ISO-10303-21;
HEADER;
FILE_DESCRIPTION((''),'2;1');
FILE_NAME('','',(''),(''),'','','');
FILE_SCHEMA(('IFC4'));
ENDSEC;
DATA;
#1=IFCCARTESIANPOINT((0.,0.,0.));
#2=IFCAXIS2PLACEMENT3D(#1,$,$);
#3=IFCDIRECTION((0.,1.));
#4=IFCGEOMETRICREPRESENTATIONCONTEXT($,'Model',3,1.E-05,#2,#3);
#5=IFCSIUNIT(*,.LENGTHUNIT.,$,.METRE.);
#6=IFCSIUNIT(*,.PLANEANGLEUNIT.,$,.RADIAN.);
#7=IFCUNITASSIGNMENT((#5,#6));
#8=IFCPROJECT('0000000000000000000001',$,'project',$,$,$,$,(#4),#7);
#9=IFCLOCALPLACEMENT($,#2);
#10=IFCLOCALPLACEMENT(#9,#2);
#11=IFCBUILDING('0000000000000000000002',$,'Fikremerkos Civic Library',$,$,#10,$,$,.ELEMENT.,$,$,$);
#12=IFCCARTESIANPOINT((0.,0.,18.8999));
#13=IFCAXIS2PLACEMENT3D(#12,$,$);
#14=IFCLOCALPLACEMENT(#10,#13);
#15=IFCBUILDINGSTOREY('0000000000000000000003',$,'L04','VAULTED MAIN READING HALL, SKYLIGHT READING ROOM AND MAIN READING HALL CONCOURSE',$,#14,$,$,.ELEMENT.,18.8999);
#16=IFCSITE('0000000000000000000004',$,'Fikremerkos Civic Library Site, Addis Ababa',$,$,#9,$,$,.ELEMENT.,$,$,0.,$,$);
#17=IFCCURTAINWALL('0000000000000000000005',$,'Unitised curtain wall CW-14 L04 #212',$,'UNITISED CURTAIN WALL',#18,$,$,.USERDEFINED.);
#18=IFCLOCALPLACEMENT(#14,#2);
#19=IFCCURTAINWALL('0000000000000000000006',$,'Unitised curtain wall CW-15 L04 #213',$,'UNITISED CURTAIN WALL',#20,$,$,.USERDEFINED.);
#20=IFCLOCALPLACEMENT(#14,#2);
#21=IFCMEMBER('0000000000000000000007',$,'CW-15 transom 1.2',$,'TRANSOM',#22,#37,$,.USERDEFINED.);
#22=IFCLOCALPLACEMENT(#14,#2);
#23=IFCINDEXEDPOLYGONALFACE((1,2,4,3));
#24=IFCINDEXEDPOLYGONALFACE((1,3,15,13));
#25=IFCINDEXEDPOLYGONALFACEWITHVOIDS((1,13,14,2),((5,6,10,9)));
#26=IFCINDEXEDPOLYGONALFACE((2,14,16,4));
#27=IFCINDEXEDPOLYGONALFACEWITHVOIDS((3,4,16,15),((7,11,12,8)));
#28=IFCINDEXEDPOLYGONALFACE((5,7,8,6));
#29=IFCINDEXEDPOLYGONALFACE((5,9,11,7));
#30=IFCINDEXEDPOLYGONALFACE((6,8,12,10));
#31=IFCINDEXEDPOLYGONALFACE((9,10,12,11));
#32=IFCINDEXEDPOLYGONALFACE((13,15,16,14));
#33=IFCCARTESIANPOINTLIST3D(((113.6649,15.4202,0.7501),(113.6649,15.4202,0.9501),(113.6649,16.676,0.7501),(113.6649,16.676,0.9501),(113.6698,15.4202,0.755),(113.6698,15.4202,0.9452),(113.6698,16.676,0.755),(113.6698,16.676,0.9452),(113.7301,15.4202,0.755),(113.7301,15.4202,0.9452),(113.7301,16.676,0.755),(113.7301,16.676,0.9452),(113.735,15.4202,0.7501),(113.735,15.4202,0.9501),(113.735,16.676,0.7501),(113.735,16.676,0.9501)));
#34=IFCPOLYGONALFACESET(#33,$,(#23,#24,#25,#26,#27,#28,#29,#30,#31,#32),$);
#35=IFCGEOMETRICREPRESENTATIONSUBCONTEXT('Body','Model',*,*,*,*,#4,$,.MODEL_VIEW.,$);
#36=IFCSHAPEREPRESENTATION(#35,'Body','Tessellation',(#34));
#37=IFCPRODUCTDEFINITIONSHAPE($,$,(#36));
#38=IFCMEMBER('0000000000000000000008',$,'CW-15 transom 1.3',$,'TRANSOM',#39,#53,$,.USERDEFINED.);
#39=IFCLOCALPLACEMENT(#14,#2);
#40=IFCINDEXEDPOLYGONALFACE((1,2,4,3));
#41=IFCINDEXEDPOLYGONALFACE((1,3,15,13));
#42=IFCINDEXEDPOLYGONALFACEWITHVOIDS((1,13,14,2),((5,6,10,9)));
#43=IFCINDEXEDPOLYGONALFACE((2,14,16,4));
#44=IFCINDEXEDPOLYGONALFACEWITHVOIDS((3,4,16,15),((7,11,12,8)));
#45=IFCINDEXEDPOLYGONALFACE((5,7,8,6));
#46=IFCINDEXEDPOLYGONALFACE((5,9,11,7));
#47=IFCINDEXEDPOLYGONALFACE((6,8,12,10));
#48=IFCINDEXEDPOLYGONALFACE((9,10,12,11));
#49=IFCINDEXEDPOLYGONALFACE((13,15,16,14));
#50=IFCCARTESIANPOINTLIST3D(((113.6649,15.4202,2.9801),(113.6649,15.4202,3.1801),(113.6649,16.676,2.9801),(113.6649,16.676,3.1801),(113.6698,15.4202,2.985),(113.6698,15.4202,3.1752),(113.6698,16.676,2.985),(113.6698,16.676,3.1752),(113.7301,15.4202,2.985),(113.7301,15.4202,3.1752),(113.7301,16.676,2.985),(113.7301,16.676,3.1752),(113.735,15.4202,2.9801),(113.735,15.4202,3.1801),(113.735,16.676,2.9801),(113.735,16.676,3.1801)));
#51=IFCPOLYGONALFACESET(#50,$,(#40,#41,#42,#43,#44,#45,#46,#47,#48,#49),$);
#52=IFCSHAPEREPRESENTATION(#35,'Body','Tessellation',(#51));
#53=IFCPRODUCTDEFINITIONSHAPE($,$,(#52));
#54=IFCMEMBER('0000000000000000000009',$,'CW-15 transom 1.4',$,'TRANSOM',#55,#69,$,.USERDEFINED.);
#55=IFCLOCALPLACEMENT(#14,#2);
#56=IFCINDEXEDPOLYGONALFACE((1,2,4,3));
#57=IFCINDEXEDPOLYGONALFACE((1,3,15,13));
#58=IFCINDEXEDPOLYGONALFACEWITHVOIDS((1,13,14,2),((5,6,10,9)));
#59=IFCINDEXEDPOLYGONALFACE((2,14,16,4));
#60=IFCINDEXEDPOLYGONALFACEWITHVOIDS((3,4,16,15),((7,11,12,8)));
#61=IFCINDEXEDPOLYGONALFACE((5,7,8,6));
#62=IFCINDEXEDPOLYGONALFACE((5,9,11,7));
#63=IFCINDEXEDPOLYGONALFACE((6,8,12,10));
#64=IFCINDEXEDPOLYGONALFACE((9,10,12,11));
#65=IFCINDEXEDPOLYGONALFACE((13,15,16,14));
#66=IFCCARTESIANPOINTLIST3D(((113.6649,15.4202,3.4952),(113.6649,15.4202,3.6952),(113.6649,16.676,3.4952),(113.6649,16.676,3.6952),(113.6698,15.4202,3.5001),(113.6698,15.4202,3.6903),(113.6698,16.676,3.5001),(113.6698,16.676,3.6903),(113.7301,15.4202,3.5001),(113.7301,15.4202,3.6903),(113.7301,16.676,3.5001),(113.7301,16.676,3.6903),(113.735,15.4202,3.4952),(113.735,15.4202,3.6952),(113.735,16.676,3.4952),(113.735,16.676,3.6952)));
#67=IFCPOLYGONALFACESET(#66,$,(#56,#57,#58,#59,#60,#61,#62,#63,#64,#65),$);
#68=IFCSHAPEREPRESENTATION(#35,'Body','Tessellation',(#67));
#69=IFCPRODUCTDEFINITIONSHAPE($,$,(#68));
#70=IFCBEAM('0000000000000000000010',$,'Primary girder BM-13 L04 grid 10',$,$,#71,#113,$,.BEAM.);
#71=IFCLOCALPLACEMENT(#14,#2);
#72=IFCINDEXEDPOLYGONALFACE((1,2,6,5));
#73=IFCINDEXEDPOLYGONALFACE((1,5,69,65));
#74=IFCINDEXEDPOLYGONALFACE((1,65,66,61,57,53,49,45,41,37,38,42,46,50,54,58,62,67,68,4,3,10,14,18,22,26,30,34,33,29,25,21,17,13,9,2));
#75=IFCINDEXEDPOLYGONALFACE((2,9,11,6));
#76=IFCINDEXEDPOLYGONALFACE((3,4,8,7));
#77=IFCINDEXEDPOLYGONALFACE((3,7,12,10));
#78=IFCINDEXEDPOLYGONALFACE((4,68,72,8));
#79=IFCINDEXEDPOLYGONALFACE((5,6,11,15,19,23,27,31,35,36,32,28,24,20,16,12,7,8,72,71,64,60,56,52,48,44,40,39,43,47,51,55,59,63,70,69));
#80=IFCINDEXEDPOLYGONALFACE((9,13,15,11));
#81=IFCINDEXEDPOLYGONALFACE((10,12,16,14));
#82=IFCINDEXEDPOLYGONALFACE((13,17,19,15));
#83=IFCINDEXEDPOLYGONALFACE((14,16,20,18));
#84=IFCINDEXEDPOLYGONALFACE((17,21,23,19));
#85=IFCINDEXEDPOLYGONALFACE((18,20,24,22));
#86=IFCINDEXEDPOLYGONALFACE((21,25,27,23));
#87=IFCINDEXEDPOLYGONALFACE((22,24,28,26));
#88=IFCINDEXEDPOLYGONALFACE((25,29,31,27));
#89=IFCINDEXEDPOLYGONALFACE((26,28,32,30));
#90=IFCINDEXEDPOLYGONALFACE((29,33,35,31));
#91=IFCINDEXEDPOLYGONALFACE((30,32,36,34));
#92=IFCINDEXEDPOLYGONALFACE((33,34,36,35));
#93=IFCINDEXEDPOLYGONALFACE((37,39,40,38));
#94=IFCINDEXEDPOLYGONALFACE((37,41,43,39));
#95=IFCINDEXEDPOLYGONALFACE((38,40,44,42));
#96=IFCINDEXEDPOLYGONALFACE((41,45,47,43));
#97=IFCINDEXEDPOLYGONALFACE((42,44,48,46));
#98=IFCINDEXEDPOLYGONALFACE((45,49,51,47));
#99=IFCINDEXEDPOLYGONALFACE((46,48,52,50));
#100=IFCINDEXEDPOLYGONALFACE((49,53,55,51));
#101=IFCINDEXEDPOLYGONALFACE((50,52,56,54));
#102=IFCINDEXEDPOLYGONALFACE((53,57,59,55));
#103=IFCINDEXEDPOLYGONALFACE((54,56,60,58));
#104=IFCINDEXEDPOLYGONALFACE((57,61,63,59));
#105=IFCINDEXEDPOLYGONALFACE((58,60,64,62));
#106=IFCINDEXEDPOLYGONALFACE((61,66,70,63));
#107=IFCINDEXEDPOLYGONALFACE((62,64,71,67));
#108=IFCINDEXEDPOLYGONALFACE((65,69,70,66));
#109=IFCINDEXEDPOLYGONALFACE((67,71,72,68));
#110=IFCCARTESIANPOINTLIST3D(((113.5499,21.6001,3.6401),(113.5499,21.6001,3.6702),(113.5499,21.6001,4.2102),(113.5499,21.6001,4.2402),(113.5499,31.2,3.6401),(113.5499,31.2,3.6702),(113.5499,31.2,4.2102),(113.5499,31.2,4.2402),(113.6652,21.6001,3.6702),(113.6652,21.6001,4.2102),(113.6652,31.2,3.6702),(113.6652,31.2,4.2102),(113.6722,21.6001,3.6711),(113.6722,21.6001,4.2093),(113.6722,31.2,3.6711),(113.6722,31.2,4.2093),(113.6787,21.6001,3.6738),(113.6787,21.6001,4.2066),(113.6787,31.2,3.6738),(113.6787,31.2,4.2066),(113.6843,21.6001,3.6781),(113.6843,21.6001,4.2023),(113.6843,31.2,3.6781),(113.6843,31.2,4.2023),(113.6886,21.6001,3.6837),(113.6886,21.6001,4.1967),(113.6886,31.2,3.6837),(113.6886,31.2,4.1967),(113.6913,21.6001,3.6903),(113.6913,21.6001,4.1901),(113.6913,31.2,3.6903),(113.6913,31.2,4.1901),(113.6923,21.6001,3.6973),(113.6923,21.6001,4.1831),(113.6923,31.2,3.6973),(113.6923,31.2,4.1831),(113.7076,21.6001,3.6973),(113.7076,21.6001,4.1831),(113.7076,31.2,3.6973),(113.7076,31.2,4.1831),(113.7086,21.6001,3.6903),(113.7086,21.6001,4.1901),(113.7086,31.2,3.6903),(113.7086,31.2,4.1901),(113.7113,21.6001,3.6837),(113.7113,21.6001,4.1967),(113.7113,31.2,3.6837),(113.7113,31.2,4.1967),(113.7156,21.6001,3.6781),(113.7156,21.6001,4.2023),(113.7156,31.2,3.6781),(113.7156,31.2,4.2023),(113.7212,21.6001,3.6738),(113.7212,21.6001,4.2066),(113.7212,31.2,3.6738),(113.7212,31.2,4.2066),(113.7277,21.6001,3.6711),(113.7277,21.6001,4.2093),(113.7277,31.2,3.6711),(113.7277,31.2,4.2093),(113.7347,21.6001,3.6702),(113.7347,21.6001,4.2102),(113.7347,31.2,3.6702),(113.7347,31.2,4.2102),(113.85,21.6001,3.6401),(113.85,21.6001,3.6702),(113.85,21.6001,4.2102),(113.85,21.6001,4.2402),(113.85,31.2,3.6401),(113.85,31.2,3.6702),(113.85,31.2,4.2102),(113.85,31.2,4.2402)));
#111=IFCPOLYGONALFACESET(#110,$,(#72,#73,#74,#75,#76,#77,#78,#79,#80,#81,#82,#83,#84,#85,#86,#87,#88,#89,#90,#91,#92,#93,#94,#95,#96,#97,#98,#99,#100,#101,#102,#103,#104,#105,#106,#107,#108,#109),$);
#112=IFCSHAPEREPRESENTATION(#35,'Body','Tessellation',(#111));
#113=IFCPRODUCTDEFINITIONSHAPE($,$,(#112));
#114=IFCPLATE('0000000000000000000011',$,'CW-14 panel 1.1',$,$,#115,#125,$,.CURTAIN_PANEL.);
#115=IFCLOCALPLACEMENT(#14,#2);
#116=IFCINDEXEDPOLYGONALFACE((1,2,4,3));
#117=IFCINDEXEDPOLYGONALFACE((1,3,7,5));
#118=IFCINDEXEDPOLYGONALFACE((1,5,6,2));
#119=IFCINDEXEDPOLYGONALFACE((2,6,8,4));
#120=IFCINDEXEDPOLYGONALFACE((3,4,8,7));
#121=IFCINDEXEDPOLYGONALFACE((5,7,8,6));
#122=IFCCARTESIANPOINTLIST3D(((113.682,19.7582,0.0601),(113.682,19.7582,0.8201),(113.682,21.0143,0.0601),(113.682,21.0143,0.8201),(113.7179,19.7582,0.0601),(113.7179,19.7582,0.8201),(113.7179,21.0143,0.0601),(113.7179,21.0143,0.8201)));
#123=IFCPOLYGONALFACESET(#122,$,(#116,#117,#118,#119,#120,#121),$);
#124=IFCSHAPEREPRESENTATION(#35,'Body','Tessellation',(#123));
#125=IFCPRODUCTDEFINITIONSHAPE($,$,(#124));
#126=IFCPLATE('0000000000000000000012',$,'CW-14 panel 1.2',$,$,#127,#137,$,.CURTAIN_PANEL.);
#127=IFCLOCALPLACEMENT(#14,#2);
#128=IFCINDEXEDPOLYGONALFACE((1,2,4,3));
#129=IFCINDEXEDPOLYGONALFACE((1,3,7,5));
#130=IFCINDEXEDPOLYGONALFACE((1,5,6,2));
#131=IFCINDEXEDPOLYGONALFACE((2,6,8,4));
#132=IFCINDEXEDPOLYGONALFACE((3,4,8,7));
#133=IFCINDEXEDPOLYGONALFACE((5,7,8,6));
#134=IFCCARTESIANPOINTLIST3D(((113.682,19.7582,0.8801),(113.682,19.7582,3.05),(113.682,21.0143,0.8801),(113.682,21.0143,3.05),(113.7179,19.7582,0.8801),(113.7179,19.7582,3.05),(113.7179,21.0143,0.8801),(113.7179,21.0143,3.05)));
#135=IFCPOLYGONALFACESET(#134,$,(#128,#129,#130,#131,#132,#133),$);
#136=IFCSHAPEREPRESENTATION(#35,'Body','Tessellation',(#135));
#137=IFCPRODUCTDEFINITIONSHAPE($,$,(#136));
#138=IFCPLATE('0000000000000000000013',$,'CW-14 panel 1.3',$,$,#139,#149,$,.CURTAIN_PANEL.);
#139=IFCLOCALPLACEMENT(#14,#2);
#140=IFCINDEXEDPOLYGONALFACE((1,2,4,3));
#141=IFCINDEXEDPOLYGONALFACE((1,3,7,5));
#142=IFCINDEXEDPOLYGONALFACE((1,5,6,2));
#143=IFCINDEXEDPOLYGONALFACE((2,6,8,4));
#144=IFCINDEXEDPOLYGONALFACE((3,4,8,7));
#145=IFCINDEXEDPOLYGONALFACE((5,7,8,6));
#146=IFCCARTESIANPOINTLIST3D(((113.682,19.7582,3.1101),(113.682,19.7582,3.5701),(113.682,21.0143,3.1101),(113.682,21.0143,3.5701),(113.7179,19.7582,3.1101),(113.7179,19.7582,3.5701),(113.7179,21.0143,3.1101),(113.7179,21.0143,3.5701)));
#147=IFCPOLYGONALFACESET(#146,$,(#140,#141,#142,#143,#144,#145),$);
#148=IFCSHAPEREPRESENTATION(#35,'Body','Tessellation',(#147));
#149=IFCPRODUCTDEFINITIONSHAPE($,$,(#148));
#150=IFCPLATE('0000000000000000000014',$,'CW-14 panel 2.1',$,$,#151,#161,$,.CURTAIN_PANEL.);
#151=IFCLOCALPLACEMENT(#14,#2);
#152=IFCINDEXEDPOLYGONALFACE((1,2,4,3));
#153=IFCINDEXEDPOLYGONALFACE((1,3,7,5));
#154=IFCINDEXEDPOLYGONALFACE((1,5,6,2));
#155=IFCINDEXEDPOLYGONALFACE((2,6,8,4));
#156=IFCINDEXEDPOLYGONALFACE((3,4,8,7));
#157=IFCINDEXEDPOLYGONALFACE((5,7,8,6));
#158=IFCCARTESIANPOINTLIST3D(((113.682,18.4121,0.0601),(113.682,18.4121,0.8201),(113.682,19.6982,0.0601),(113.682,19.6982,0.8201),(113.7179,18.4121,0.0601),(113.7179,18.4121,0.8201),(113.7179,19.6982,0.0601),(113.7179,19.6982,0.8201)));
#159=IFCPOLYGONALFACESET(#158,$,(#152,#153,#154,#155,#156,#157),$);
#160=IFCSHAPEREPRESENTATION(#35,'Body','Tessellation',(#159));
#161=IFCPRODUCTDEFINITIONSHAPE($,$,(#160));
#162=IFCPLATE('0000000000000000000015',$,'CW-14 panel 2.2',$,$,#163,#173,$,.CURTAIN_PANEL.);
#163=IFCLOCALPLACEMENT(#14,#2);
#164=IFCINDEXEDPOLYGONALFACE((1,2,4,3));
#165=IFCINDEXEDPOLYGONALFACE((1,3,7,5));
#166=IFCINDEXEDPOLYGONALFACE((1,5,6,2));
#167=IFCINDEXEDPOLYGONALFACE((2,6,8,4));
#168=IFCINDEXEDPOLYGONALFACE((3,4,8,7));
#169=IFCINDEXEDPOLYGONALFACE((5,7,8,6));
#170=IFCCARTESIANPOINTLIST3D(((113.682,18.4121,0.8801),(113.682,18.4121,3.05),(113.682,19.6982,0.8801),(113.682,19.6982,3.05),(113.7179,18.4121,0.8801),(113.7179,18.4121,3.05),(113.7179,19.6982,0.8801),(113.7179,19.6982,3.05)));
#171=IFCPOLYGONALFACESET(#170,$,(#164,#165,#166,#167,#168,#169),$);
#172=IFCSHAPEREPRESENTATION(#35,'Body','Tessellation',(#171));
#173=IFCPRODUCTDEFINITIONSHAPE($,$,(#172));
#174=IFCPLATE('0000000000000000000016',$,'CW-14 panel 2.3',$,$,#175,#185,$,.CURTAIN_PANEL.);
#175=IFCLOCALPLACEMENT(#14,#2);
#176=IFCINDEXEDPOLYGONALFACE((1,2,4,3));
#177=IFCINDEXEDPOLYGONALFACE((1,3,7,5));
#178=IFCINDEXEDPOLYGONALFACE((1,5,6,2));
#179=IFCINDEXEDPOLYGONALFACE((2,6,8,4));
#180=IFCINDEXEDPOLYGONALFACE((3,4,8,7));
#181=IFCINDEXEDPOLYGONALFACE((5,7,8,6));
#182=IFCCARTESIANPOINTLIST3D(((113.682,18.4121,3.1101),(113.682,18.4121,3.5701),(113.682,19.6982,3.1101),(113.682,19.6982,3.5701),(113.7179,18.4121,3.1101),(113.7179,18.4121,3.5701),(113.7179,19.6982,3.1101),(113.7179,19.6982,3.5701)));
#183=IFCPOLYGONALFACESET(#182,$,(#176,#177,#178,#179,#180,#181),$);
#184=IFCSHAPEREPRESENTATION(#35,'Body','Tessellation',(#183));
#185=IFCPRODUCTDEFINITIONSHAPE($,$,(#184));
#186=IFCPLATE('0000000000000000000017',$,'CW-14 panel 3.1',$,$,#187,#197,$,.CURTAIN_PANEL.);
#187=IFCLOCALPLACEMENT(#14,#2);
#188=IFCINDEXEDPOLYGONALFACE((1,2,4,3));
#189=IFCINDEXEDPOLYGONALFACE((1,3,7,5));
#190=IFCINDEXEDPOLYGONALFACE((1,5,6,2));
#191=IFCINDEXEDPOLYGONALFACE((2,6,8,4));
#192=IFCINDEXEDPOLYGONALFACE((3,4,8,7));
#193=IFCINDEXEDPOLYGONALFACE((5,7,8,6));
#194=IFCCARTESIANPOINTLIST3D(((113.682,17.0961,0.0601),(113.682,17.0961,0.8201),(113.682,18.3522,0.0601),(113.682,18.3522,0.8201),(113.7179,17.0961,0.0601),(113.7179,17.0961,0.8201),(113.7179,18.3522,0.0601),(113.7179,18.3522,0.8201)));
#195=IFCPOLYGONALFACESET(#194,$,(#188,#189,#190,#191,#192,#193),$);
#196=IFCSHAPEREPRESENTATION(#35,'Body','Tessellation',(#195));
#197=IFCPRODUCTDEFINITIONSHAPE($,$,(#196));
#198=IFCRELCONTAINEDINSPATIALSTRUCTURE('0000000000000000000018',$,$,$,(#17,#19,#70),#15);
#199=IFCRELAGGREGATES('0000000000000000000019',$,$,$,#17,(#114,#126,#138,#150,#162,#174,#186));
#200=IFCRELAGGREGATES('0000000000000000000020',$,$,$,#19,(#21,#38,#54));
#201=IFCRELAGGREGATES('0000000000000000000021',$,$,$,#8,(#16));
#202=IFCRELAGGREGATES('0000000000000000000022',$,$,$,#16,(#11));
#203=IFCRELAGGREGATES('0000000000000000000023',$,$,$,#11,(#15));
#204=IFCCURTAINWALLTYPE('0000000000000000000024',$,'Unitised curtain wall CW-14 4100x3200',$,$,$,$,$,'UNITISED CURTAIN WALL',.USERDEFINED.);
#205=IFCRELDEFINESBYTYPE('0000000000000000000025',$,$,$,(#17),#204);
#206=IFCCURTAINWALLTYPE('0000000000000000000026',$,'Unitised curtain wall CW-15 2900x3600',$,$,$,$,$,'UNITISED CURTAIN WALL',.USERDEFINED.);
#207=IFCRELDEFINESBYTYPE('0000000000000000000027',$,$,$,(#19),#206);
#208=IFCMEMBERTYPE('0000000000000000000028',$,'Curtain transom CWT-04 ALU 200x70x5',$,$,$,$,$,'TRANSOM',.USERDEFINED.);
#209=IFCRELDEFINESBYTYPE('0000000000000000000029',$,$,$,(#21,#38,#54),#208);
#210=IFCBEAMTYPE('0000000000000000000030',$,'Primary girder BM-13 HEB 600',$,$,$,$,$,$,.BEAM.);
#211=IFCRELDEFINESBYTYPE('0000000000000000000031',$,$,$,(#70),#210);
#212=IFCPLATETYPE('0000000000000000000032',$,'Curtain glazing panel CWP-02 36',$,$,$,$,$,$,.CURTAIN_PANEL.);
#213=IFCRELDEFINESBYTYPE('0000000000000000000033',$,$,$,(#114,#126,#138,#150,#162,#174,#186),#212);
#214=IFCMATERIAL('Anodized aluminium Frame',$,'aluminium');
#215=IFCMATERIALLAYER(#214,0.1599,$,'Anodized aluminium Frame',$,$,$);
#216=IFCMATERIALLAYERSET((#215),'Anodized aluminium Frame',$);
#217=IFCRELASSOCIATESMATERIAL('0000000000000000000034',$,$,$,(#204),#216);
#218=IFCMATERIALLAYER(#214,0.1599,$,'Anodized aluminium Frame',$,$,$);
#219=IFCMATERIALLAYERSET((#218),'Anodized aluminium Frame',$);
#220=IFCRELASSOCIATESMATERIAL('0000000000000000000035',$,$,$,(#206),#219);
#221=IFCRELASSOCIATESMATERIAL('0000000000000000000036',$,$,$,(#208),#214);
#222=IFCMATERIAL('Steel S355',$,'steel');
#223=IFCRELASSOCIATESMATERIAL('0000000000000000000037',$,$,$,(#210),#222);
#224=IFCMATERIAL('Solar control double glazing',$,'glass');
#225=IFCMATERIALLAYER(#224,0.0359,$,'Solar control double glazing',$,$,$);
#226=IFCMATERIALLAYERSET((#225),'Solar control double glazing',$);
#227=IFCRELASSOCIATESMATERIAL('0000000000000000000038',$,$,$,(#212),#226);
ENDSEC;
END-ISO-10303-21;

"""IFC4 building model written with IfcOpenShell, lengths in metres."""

from ifc_helpers import new_model, si_unit, direction, frame, origin, origin_2d, place, context, subcontext, project, spatial, rectangle, hollow_rectangle, i_section, extrude, material, layer, layer_set, material_profile, profile_set, type_object, element, aggregate, save


model = new_model("IFC4")

# Units and contexts
model_context = context("Model", 3, precision=1e-05, world=origin(), true_north=direction((0.0, 1.0)))
body_context = subcontext(model_context, "Body", "Model", "MODEL_VIEW")
ifc_project = project(units=[si_unit("LENGTHUNIT", "METRE"), si_unit("PLANEANGLEUNIT", "RADIAN")], contexts=[model_context])

# Site, building, storey
site_placement = place(None, origin())
site = spatial("IfcSite", under=ifc_project, at=site_placement, Name="Fikremerkos Civic Library Site, Addis Ababa", CompositionType="ELEMENT", RefElevation=0.0)
building_placement = place(site_placement, origin())
building = spatial("IfcBuilding", under=site, at=building_placement, Name="Fikremerkos Civic Library", CompositionType="ELEMENT")
storey_placement = place(building_placement, frame((0.0, 0.0, 18.8999)))
storey = spatial("IfcBuildingStorey", under=building, at=storey_placement, Name="L04", Description="VAULTED MAIN READING HALL, SKYLIGHT READING ROOM AND MAIN READING HALL CONCOURSE", CompositionType="ELEMENT", Elevation=18.8999)

# Shared definitions
ifc_material_1 = material(Name="Steel S355", Category="steel")

# Curtain wall
ifc_material_2 = material(Name="Anodized aluminium Frame", Category="aluminium")
ifc_layer_1 = layer(ifc_material_2, 0.1599, Name="Anodized aluminium Frame")
ifc_layer_set_1 = layer_set([ifc_layer_1], Name="Anodized aluminium Frame")
curtain_wall_type_1 = type_object("IfcCurtainWallType", Name="Unitised curtain wall CW-14 4100x3200", ElementType="UNITISED CURTAIN WALL", PredefinedType="USERDEFINED", material=ifc_layer_set_1)
curtain_wall_1_placement = place(storey_placement, origin())
curtain_wall_1 = element("IfcCurtainWall", 1, at=curtain_wall_1_placement, inside=storey, type_object=curtain_wall_type_1, Name="Unitised curtain wall CW-14 L04 #212", ObjectType="UNITISED CURTAIN WALL", PredefinedType="USERDEFINED")

# Curtain wall
ifc_layer_2 = layer(ifc_material_2, 0.1599, Name="Anodized aluminium Frame")
ifc_layer_set_2 = layer_set([ifc_layer_2], Name="Anodized aluminium Frame")
curtain_wall_type_2 = type_object("IfcCurtainWallType", Name="Unitised curtain wall CW-15 2900x3600", ElementType="UNITISED CURTAIN WALL", PredefinedType="USERDEFINED", material=ifc_layer_set_2)
curtain_wall_2_placement = place(storey_placement, origin())
curtain_wall_2 = element("IfcCurtainWall", 2, at=curtain_wall_2_placement, inside=storey, type_object=curtain_wall_type_2, Name="Unitised curtain wall CW-15 L04 #213", ObjectType="UNITISED CURTAIN WALL", PredefinedType="USERDEFINED")

# Members
ifc_material_profile_1 = material_profile(ifc_material_2, hollow_rectangle(XDim=0.0701, YDim=0.2, WallThickness=0.0049, at=origin_2d()), Name="ALU 200x70x5")
ifc_profile_set_1 = profile_set([ifc_material_profile_1], Name="Anodized aluminium Frame")
member_type_1 = type_object("IfcMemberType", Name="Curtain transom CWT-04 ALU 200x70x5", ElementType="TRANSOM", PredefinedType="USERDEFINED", material=ifc_profile_set_1)
member_1_placement = place(storey_placement, frame((113.7, 16.676, 0.8501), z_axis=(0.0, -1.0, 0.0), x_axis=(1.0, 0.0, 0.0)))
member_1 = element("IfcMember", 3, at=member_1_placement, type_object=member_type_1, Name="CW-15 transom 1.2", ObjectType="TRANSOM", PredefinedType="USERDEFINED", context=body_context, shape_type="SweptSolid", body=[
    extrude(hollow_rectangle(XDim=0.0701, YDim=0.2, WallThickness=0.0049, at=origin_2d()), origin(), (0.0, 0.0, 1.0), 1.2559),
])
member_2_placement = place(storey_placement, frame((113.7, 16.676, 3.0801), z_axis=(0.0, -1.0, 0.0), x_axis=(1.0, 0.0, 0.0)))
member_2 = element("IfcMember", 4, at=member_2_placement, type_object=member_type_1, Name="CW-15 transom 1.3", ObjectType="TRANSOM", PredefinedType="USERDEFINED", context=body_context, shape_type="SweptSolid", body=[
    extrude(hollow_rectangle(XDim=0.0701, YDim=0.2, WallThickness=0.0049, at=origin_2d()), origin(), (0.0, 0.0, 1.0), 1.2559),
])
member_3_placement = place(storey_placement, frame((113.7, 16.676, 3.5952), z_axis=(0.0, -1.0, 0.0), x_axis=(1.0, 0.0, 0.0)))
member_3 = element("IfcMember", 5, at=member_3_placement, type_object=member_type_1, Name="CW-15 transom 1.4", ObjectType="TRANSOM", PredefinedType="USERDEFINED", context=body_context, shape_type="SweptSolid", body=[
    extrude(hollow_rectangle(XDim=0.0701, YDim=0.2, WallThickness=0.0049, at=origin_2d()), origin(), (0.0, 0.0, 1.0), 1.2559),
])

# Beam
ifc_material_profile_2 = material_profile(ifc_material_1, i_section(OverallWidth=0.3, OverallDepth=0.6001, WebThickness=0.0154, FlangeThickness=0.03, FilletRadius=0.0271, at=origin_2d()), Name="HEB 600")
ifc_profile_set_2 = profile_set([ifc_material_profile_2], Name="Steel S355")
beam_type = type_object("IfcBeamType", Name="Primary girder BM-13 HEB 600", PredefinedType="BEAM", material=ifc_profile_set_2)
beam_placement = place(storey_placement, frame((113.7, 21.6001, 3.9402), z_axis=(0.0, 1.0, 0.0), x_axis=(-1.0, 0.0, 0.0)))
element("IfcBeam", 6, at=beam_placement, inside=storey, type_object=beam_type, Name="Primary girder BM-13 L04 grid 10", PredefinedType="BEAM", context=body_context, shape_type="SweptSolid", body=[
    extrude(i_section(OverallWidth=0.3, OverallDepth=0.6001, WebThickness=0.0154, FlangeThickness=0.03, FilletRadius=0.0271, at=origin_2d()), origin(), (0.0, 0.0, 1.0), 9.5999),
])

# Plates
ifc_material_3 = material(Name="Solar control double glazing", Category="glass")
ifc_layer_3 = layer(ifc_material_3, 0.0359, Name="Solar control double glazing")
ifc_layer_set_3 = layer_set([ifc_layer_3], Name="Solar control double glazing")
plate_type_1 = type_object("IfcPlateType", Name="Curtain glazing panel CWP-02 36", PredefinedType="CURTAIN_PANEL", material=ifc_layer_set_3)
plate_1_placement = place(storey_placement, frame((113.7, 20.3862, 0.0601), z_axis=(0.0, 0.0, 1.0), x_axis=(0.0, -1.0, 0.0)))
plate_1 = element("IfcPlate", 7, at=plate_1_placement, type_object=plate_type_1, Name="CW-14 panel 1.1", PredefinedType="CURTAIN_PANEL", context=body_context, shape_type="SweptSolid", body=[
    extrude(rectangle(XDim=1.2561, YDim=0.0359, at=origin_2d()), origin(), (0.0, 0.0, 1.0), 0.76),
])
plate_2_placement = place(storey_placement, frame((113.7, 20.3862, 0.8801), z_axis=(0.0, 0.0, 1.0), x_axis=(0.0, -1.0, 0.0)))
plate_2 = element("IfcPlate", 8, at=plate_2_placement, type_object=plate_type_1, Name="CW-14 panel 1.2", PredefinedType="CURTAIN_PANEL", context=body_context, shape_type="SweptSolid", body=[
    extrude(rectangle(XDim=1.2561, YDim=0.0359, at=origin_2d()), origin(), (0.0, 0.0, 1.0), 2.1699),
])
plate_3_placement = place(storey_placement, frame((113.7, 20.3862, 3.1101), z_axis=(0.0, 0.0, 1.0), x_axis=(0.0, -1.0, 0.0)))
plate_3 = element("IfcPlate", 9, at=plate_3_placement, type_object=plate_type_1, Name="CW-14 panel 1.3", PredefinedType="CURTAIN_PANEL", context=body_context, shape_type="SweptSolid", body=[
    extrude(rectangle(XDim=1.2561, YDim=0.0359, at=origin_2d()), origin(), (0.0, 0.0, 1.0), 0.46),
])
plate_4_placement = place(storey_placement, frame((113.7, 19.0552, 0.0601), z_axis=(0.0, 0.0, 1.0), x_axis=(0.0, -1.0, 0.0)))
plate_4 = element("IfcPlate", 10, at=plate_4_placement, type_object=plate_type_1, Name="CW-14 panel 2.1", PredefinedType="CURTAIN_PANEL", context=body_context, shape_type="SweptSolid", body=[
    extrude(rectangle(XDim=1.2861, YDim=0.0359, at=origin_2d()), origin(), (0.0, 0.0, 1.0), 0.76),
])
plate_5_placement = place(storey_placement, frame((113.7, 19.0552, 0.8801), z_axis=(0.0, 0.0, 1.0), x_axis=(0.0, -1.0, 0.0)))
plate_5 = element("IfcPlate", 11, at=plate_5_placement, type_object=plate_type_1, Name="CW-14 panel 2.2", PredefinedType="CURTAIN_PANEL", context=body_context, shape_type="SweptSolid", body=[
    extrude(rectangle(XDim=1.2861, YDim=0.0359, at=origin_2d()), origin(), (0.0, 0.0, 1.0), 2.1699),
])
plate_6_placement = place(storey_placement, frame((113.7, 19.0552, 3.1101), z_axis=(0.0, 0.0, 1.0), x_axis=(0.0, -1.0, 0.0)))
plate_6 = element("IfcPlate", 12, at=plate_6_placement, type_object=plate_type_1, Name="CW-14 panel 2.3", PredefinedType="CURTAIN_PANEL", context=body_context, shape_type="SweptSolid", body=[
    extrude(rectangle(XDim=1.2861, YDim=0.0359, at=origin_2d()), origin(), (0.0, 0.0, 1.0), 0.46),
])
plate_7_placement = place(storey_placement, frame((113.7, 17.7241, 0.0601), z_axis=(0.0, 0.0, 1.0), x_axis=(0.0, -1.0, 0.0)))
plate_7 = element("IfcPlate", 13, at=plate_7_placement, type_object=plate_type_1, Name="CW-14 panel 3.1", PredefinedType="CURTAIN_PANEL", context=body_context, shape_type="SweptSolid", body=[
    extrude(rectangle(XDim=1.2561, YDim=0.0359, at=origin_2d()), origin(), (0.0, 0.0, 1.0), 0.76),
])
aggregate(curtain_wall_1, [plate_1, plate_2, plate_3, plate_4, plate_5, plate_6, plate_7])
aggregate(curtain_wall_2, [member_1, member_2, member_3])

save(model, "model.ifc")
